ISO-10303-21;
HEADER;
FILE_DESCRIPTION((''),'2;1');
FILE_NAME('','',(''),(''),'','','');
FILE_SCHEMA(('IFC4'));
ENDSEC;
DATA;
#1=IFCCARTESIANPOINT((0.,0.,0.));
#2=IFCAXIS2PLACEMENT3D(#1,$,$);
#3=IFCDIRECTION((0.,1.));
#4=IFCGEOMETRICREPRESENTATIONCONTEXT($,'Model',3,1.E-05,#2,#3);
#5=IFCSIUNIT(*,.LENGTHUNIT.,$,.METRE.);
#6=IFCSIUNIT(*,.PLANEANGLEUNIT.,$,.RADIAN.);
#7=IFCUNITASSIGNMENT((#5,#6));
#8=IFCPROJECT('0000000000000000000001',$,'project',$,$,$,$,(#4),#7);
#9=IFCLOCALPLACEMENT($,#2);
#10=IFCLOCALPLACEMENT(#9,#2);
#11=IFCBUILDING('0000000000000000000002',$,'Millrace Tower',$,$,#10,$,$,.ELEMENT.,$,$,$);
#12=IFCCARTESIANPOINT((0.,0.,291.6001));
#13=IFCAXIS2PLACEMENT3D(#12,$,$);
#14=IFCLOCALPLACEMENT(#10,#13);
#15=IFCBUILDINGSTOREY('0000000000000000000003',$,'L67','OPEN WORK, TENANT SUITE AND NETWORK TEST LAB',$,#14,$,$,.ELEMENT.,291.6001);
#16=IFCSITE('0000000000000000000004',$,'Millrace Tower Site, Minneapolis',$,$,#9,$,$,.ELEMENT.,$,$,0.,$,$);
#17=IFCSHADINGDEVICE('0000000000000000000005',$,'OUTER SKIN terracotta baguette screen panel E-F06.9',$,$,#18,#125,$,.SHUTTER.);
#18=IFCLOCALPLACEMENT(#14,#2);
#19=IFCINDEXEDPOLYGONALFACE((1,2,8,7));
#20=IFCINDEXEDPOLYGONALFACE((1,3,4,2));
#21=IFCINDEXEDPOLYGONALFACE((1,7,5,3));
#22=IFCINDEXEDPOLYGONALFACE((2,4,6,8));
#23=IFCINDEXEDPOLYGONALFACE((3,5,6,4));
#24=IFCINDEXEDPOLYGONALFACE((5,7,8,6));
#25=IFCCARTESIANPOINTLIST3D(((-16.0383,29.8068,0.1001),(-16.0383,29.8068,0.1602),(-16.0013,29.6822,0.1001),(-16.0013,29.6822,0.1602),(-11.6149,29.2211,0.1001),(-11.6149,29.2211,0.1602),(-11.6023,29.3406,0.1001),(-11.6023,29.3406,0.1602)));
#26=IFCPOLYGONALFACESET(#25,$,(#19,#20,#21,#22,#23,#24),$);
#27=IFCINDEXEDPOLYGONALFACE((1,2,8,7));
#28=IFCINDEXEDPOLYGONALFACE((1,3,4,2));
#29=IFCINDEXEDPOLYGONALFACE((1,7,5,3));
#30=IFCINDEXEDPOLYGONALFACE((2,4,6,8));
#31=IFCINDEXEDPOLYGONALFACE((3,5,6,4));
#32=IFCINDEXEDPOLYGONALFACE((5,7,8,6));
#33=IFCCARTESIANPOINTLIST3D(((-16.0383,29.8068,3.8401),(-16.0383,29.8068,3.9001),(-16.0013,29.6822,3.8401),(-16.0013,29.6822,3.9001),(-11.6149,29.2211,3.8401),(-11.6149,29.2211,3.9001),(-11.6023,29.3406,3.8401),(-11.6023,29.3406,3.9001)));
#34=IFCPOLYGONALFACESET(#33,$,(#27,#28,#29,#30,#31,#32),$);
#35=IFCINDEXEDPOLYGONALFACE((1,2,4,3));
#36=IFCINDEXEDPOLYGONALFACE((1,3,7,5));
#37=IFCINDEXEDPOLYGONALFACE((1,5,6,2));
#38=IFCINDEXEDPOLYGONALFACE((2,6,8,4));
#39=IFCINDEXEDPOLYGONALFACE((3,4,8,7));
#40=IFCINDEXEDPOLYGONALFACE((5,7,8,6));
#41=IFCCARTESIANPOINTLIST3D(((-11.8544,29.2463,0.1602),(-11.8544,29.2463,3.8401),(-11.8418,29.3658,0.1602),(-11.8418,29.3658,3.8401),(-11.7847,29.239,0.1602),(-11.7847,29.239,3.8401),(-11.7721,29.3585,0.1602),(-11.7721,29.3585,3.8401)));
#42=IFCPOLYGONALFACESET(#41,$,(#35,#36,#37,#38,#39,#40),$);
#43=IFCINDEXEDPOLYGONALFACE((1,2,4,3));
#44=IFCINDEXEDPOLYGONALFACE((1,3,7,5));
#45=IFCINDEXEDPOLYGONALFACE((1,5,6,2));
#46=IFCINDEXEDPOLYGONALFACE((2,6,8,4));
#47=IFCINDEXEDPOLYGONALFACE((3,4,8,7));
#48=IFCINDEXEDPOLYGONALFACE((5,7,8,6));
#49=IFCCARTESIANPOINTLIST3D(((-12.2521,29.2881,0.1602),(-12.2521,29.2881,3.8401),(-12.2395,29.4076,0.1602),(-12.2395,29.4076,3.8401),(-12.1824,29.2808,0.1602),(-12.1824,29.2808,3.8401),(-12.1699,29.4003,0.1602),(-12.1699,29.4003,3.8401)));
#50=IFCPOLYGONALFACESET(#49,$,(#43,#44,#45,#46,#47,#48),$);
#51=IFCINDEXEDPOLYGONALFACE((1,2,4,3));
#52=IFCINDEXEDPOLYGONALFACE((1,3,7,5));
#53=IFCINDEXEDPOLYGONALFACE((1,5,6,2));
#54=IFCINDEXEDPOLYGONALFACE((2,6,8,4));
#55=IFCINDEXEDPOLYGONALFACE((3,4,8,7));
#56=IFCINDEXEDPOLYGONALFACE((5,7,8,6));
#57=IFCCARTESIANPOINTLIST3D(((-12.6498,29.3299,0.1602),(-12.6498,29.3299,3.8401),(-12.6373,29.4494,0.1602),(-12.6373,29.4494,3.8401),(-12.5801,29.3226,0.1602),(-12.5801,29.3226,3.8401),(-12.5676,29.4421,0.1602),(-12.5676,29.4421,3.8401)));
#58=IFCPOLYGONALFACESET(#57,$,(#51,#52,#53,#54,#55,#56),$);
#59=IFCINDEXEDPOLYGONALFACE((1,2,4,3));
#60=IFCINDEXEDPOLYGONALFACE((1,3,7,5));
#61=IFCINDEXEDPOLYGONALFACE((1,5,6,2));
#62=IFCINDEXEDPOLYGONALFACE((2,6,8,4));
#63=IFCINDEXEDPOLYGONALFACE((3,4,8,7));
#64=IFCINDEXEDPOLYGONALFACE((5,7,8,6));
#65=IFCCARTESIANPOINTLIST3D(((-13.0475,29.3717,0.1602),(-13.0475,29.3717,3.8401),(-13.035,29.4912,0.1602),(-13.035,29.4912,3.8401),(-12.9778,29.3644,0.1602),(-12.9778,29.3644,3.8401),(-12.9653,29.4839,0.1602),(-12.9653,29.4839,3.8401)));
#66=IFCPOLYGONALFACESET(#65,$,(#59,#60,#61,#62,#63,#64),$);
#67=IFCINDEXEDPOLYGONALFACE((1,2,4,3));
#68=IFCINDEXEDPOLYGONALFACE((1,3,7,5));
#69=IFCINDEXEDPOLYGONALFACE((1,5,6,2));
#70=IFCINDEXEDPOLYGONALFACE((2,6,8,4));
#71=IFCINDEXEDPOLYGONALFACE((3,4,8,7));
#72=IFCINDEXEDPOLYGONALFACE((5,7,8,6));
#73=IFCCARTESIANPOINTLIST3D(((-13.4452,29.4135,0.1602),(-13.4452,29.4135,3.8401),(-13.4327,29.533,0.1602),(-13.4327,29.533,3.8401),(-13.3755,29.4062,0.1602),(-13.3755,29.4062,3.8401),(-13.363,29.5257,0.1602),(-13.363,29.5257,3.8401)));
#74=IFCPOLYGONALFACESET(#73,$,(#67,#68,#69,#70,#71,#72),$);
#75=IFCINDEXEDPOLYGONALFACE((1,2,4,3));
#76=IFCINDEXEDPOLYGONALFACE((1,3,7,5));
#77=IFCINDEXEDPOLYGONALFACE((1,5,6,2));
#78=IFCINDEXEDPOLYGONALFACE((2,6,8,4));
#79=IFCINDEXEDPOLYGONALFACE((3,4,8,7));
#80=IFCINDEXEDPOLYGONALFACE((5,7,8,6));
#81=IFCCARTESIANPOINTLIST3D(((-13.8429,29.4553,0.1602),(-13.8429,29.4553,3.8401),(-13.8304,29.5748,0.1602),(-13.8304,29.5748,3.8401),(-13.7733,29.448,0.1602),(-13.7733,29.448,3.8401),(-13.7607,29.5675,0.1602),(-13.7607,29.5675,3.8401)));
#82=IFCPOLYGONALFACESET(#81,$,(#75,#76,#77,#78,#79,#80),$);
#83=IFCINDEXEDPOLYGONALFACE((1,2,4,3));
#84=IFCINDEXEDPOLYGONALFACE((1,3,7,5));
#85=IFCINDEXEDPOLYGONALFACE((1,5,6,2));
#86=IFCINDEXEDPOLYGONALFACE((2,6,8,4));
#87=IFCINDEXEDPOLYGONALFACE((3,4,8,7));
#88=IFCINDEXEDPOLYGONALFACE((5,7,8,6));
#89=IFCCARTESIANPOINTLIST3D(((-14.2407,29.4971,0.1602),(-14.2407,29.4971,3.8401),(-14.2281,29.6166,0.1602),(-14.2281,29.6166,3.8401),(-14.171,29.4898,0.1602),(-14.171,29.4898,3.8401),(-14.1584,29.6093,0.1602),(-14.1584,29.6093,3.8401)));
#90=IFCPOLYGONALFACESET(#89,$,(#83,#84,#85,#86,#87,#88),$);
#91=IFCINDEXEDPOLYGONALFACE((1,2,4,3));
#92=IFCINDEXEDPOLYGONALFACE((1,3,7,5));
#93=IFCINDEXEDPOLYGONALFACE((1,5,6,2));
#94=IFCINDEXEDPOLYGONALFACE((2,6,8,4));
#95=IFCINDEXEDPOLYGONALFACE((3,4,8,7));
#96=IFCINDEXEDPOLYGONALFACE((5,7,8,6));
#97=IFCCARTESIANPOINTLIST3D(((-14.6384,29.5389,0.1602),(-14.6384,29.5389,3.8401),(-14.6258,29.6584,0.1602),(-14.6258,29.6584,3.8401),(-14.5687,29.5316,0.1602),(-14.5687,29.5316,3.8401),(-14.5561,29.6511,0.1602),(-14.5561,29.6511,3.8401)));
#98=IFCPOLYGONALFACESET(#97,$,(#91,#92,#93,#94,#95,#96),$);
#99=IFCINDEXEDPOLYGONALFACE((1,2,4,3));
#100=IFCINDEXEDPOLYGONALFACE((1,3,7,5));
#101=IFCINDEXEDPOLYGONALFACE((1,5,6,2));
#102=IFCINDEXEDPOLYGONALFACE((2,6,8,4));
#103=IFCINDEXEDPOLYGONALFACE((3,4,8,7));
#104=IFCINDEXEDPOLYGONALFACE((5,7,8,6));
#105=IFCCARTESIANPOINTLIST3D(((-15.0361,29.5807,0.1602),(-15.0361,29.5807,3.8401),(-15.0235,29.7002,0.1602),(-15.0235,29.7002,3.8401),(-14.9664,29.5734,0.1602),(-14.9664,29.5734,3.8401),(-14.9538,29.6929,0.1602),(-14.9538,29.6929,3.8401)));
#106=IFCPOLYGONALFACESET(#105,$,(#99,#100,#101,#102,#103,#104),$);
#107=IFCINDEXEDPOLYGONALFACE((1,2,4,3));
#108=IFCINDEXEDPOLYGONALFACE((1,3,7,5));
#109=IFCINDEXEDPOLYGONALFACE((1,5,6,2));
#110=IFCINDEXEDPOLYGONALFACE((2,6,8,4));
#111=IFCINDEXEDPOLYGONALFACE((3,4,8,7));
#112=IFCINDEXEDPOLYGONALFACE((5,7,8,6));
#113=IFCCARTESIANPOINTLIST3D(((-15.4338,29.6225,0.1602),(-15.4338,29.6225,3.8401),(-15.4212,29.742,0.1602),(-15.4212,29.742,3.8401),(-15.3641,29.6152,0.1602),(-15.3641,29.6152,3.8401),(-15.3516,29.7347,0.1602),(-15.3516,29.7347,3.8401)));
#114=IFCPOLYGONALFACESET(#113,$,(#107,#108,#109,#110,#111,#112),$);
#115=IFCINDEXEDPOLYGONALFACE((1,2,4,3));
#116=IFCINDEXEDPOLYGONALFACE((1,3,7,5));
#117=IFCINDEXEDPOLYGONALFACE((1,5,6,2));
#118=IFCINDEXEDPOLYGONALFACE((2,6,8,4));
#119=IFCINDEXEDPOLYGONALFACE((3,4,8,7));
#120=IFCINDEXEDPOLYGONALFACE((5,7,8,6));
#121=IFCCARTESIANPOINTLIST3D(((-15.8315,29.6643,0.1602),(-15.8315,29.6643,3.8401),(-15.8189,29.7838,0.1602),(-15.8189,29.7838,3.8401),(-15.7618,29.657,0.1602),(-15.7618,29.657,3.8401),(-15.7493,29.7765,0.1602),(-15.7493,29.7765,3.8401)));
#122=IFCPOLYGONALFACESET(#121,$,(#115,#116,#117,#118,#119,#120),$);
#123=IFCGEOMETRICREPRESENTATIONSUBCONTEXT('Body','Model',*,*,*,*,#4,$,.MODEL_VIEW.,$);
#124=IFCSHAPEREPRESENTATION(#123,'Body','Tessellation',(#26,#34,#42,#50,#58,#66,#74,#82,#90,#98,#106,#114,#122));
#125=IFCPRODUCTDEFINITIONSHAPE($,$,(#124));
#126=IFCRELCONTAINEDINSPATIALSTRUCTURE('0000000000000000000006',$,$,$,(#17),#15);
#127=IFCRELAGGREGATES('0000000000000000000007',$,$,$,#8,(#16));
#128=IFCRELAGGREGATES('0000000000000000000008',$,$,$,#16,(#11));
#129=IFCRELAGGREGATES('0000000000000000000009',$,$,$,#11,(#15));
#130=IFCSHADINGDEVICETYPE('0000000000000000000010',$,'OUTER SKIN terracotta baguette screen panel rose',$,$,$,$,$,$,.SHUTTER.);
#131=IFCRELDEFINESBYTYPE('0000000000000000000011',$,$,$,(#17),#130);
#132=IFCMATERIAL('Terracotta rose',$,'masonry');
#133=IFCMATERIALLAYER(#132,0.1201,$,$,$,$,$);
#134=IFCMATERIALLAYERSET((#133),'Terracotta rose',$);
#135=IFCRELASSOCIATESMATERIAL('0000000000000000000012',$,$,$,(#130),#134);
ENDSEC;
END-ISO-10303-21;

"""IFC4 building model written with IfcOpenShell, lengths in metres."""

from ifc_helpers import new_model, entity, si_unit, direction, frame, frame_2d, origin, place, context, subcontext, project, spatial, rectangle, extrude, source, transform, mapped, material, layer, layer_set, type_object, element, save


model = new_model("IFC4")

# Units and contexts
model_context = context("Model", 3, precision=1e-05, world=origin(), true_north=direction((0.0, 1.0)))
body_context = subcontext(model_context, "Body", "Model", "MODEL_VIEW")
ifc_project = project(units=[si_unit("LENGTHUNIT", "METRE"), si_unit("PLANEANGLEUNIT", "RADIAN")], contexts=[model_context])

# Site, building, storey
site_placement = place(None, origin())
site = spatial("IfcSite", under=ifc_project, at=site_placement, Name="Millrace Tower Site, Minneapolis", CompositionType="ELEMENT", RefElevation=0.0)
building_placement = place(site_placement, origin())
building = spatial("IfcBuilding", under=site, at=building_placement, Name="Millrace Tower", CompositionType="ELEMENT")
storey_placement = place(building_placement, frame((0.0, 0.0, 291.6001)))
storey = spatial("IfcBuildingStorey", under=building, at=storey_placement, Name="L67", Description="OPEN WORK, TENANT SUITE AND NETWORK TEST LAB", CompositionType="ELEMENT", Elevation=291.6001)

# Shading device
ifc_material_1 = material(Name="Terracotta rose", Category="masonry")
ifc_layer_1 = layer(ifc_material_1, 0.1201)
ifc_layer_set_1 = layer_set([ifc_layer_1], Name="Terracotta rose")
shading_device_type = type_object("IfcShadingDeviceType", Name="OUTER SKIN terracotta baguette screen panel rose", PredefinedType="SHUTTER", material=ifc_layer_set_1)
cartesian_point_1 = entity("IfcCartesianPoint", [-2.2178, 0.0601])
shared_polyline_1 = entity("IfcPolyline", [cartesian_point_1, entity("IfcCartesianPoint", [2.1929, 0.0601]), entity("IfcCartesianPoint", [2.2427, -0.0601]), entity("IfcCartesianPoint", [-2.2178, -0.0601]), cartesian_point_1])
shared_shape_1 = source(origin(), body_context, "Body", "SweptSolid", [
    entity("IfcExtrudedAreaSolid", entity("IfcArbitraryClosedProfileDef", "AREA", None, shared_polyline_1), entity("IfcAxis2Placement3D", entity("IfcCartesianPoint", [0.0, 0.0, 0.0])), entity("IfcDirection", [0.0, 0.0, 1.0]), 0.0601),
    entity("IfcExtrudedAreaSolid", entity("IfcArbitraryClosedProfileDef", "AREA", None, shared_polyline_1), entity("IfcAxis2Placement3D", entity("IfcCartesianPoint", [0.0, 0.0, 3.74])), entity("IfcDirection", [0.0, 0.0, 1.0]), 0.0601),
    extrude(rectangle(XDim=0.0701, YDim=0.1201, at=frame_2d((-2.012, 0.0))), frame((0.0, 0.0, 0.0601)), (0.0, 0.0, 1.0), 3.6799),
    extrude(rectangle(XDim=0.0701, YDim=0.1201, at=frame_2d((-1.6121, 0.0))), frame((0.0, 0.0, 0.0601)), (0.0, 0.0, 1.0), 3.6799),
    extrude(rectangle(XDim=0.0701, YDim=0.1201, at=frame_2d((-1.2122, 0.0))), frame((0.0, 0.0, 0.0601)), (0.0, 0.0, 1.0), 3.6799),
    extrude(rectangle(XDim=0.0701, YDim=0.1201, at=frame_2d((-0.8123, 0.0))), frame((0.0, 0.0, 0.0601)), (0.0, 0.0, 1.0), 3.6799),
    extrude(rectangle(XDim=0.0701, YDim=0.1201, at=frame_2d((-0.4124, 0.0))), frame((0.0, 0.0, 0.0601)), (0.0, 0.0, 1.0), 3.6799),
    extrude(rectangle(XDim=0.0701, YDim=0.1201, at=frame_2d((-0.0125, 0.0))), frame((0.0, 0.0, 0.0601)), (0.0, 0.0, 1.0), 3.6799),
    extrude(rectangle(XDim=0.0701, YDim=0.1201, at=frame_2d((0.3875, 0.0))), frame((0.0, 0.0, 0.0601)), (0.0, 0.0, 1.0), 3.6799),
    extrude(rectangle(XDim=0.0701, YDim=0.1201, at=frame_2d((0.7874, 0.0))), frame((0.0, 0.0, 0.0601)), (0.0, 0.0, 1.0), 3.6799),
    extrude(rectangle(XDim=0.0701, YDim=0.1201, at=frame_2d((1.1873, 0.0))), frame((0.0, 0.0, 0.0601)), (0.0, 0.0, 1.0), 3.6799),
    extrude(rectangle(XDim=0.0701, YDim=0.1201, at=frame_2d((1.5872, 0.0))), frame((0.0, 0.0, 0.0601)), (0.0, 0.0, 1.0), 3.6799),
    extrude(rectangle(XDim=0.0701, YDim=0.1201, at=frame_2d((1.9871, 0.0))), frame((0.0, 0.0, 0.0601)), (0.0, 0.0, 1.0), 3.6799),
])
shading_device_placement = place(storey_placement, frame((-13.8142, 29.5127, 0.1001), z_axis=(0.0, 0.0, 1.0), x_axis=(-0.994522, 0.104528, 0.0)))
element("IfcShadingDevice", 1, at=shading_device_placement, inside=storey, type_object=shading_device_type, Name="OUTER SKIN terracotta baguette screen panel E-F06.9", PredefinedType="SHUTTER", context=body_context, shape_type="MappedRepresentation", body=[
    mapped(shared_shape_1, transform((0.0, 0.0, 0.0), scale=1.0)),
])

save(model, "model.ifc")
